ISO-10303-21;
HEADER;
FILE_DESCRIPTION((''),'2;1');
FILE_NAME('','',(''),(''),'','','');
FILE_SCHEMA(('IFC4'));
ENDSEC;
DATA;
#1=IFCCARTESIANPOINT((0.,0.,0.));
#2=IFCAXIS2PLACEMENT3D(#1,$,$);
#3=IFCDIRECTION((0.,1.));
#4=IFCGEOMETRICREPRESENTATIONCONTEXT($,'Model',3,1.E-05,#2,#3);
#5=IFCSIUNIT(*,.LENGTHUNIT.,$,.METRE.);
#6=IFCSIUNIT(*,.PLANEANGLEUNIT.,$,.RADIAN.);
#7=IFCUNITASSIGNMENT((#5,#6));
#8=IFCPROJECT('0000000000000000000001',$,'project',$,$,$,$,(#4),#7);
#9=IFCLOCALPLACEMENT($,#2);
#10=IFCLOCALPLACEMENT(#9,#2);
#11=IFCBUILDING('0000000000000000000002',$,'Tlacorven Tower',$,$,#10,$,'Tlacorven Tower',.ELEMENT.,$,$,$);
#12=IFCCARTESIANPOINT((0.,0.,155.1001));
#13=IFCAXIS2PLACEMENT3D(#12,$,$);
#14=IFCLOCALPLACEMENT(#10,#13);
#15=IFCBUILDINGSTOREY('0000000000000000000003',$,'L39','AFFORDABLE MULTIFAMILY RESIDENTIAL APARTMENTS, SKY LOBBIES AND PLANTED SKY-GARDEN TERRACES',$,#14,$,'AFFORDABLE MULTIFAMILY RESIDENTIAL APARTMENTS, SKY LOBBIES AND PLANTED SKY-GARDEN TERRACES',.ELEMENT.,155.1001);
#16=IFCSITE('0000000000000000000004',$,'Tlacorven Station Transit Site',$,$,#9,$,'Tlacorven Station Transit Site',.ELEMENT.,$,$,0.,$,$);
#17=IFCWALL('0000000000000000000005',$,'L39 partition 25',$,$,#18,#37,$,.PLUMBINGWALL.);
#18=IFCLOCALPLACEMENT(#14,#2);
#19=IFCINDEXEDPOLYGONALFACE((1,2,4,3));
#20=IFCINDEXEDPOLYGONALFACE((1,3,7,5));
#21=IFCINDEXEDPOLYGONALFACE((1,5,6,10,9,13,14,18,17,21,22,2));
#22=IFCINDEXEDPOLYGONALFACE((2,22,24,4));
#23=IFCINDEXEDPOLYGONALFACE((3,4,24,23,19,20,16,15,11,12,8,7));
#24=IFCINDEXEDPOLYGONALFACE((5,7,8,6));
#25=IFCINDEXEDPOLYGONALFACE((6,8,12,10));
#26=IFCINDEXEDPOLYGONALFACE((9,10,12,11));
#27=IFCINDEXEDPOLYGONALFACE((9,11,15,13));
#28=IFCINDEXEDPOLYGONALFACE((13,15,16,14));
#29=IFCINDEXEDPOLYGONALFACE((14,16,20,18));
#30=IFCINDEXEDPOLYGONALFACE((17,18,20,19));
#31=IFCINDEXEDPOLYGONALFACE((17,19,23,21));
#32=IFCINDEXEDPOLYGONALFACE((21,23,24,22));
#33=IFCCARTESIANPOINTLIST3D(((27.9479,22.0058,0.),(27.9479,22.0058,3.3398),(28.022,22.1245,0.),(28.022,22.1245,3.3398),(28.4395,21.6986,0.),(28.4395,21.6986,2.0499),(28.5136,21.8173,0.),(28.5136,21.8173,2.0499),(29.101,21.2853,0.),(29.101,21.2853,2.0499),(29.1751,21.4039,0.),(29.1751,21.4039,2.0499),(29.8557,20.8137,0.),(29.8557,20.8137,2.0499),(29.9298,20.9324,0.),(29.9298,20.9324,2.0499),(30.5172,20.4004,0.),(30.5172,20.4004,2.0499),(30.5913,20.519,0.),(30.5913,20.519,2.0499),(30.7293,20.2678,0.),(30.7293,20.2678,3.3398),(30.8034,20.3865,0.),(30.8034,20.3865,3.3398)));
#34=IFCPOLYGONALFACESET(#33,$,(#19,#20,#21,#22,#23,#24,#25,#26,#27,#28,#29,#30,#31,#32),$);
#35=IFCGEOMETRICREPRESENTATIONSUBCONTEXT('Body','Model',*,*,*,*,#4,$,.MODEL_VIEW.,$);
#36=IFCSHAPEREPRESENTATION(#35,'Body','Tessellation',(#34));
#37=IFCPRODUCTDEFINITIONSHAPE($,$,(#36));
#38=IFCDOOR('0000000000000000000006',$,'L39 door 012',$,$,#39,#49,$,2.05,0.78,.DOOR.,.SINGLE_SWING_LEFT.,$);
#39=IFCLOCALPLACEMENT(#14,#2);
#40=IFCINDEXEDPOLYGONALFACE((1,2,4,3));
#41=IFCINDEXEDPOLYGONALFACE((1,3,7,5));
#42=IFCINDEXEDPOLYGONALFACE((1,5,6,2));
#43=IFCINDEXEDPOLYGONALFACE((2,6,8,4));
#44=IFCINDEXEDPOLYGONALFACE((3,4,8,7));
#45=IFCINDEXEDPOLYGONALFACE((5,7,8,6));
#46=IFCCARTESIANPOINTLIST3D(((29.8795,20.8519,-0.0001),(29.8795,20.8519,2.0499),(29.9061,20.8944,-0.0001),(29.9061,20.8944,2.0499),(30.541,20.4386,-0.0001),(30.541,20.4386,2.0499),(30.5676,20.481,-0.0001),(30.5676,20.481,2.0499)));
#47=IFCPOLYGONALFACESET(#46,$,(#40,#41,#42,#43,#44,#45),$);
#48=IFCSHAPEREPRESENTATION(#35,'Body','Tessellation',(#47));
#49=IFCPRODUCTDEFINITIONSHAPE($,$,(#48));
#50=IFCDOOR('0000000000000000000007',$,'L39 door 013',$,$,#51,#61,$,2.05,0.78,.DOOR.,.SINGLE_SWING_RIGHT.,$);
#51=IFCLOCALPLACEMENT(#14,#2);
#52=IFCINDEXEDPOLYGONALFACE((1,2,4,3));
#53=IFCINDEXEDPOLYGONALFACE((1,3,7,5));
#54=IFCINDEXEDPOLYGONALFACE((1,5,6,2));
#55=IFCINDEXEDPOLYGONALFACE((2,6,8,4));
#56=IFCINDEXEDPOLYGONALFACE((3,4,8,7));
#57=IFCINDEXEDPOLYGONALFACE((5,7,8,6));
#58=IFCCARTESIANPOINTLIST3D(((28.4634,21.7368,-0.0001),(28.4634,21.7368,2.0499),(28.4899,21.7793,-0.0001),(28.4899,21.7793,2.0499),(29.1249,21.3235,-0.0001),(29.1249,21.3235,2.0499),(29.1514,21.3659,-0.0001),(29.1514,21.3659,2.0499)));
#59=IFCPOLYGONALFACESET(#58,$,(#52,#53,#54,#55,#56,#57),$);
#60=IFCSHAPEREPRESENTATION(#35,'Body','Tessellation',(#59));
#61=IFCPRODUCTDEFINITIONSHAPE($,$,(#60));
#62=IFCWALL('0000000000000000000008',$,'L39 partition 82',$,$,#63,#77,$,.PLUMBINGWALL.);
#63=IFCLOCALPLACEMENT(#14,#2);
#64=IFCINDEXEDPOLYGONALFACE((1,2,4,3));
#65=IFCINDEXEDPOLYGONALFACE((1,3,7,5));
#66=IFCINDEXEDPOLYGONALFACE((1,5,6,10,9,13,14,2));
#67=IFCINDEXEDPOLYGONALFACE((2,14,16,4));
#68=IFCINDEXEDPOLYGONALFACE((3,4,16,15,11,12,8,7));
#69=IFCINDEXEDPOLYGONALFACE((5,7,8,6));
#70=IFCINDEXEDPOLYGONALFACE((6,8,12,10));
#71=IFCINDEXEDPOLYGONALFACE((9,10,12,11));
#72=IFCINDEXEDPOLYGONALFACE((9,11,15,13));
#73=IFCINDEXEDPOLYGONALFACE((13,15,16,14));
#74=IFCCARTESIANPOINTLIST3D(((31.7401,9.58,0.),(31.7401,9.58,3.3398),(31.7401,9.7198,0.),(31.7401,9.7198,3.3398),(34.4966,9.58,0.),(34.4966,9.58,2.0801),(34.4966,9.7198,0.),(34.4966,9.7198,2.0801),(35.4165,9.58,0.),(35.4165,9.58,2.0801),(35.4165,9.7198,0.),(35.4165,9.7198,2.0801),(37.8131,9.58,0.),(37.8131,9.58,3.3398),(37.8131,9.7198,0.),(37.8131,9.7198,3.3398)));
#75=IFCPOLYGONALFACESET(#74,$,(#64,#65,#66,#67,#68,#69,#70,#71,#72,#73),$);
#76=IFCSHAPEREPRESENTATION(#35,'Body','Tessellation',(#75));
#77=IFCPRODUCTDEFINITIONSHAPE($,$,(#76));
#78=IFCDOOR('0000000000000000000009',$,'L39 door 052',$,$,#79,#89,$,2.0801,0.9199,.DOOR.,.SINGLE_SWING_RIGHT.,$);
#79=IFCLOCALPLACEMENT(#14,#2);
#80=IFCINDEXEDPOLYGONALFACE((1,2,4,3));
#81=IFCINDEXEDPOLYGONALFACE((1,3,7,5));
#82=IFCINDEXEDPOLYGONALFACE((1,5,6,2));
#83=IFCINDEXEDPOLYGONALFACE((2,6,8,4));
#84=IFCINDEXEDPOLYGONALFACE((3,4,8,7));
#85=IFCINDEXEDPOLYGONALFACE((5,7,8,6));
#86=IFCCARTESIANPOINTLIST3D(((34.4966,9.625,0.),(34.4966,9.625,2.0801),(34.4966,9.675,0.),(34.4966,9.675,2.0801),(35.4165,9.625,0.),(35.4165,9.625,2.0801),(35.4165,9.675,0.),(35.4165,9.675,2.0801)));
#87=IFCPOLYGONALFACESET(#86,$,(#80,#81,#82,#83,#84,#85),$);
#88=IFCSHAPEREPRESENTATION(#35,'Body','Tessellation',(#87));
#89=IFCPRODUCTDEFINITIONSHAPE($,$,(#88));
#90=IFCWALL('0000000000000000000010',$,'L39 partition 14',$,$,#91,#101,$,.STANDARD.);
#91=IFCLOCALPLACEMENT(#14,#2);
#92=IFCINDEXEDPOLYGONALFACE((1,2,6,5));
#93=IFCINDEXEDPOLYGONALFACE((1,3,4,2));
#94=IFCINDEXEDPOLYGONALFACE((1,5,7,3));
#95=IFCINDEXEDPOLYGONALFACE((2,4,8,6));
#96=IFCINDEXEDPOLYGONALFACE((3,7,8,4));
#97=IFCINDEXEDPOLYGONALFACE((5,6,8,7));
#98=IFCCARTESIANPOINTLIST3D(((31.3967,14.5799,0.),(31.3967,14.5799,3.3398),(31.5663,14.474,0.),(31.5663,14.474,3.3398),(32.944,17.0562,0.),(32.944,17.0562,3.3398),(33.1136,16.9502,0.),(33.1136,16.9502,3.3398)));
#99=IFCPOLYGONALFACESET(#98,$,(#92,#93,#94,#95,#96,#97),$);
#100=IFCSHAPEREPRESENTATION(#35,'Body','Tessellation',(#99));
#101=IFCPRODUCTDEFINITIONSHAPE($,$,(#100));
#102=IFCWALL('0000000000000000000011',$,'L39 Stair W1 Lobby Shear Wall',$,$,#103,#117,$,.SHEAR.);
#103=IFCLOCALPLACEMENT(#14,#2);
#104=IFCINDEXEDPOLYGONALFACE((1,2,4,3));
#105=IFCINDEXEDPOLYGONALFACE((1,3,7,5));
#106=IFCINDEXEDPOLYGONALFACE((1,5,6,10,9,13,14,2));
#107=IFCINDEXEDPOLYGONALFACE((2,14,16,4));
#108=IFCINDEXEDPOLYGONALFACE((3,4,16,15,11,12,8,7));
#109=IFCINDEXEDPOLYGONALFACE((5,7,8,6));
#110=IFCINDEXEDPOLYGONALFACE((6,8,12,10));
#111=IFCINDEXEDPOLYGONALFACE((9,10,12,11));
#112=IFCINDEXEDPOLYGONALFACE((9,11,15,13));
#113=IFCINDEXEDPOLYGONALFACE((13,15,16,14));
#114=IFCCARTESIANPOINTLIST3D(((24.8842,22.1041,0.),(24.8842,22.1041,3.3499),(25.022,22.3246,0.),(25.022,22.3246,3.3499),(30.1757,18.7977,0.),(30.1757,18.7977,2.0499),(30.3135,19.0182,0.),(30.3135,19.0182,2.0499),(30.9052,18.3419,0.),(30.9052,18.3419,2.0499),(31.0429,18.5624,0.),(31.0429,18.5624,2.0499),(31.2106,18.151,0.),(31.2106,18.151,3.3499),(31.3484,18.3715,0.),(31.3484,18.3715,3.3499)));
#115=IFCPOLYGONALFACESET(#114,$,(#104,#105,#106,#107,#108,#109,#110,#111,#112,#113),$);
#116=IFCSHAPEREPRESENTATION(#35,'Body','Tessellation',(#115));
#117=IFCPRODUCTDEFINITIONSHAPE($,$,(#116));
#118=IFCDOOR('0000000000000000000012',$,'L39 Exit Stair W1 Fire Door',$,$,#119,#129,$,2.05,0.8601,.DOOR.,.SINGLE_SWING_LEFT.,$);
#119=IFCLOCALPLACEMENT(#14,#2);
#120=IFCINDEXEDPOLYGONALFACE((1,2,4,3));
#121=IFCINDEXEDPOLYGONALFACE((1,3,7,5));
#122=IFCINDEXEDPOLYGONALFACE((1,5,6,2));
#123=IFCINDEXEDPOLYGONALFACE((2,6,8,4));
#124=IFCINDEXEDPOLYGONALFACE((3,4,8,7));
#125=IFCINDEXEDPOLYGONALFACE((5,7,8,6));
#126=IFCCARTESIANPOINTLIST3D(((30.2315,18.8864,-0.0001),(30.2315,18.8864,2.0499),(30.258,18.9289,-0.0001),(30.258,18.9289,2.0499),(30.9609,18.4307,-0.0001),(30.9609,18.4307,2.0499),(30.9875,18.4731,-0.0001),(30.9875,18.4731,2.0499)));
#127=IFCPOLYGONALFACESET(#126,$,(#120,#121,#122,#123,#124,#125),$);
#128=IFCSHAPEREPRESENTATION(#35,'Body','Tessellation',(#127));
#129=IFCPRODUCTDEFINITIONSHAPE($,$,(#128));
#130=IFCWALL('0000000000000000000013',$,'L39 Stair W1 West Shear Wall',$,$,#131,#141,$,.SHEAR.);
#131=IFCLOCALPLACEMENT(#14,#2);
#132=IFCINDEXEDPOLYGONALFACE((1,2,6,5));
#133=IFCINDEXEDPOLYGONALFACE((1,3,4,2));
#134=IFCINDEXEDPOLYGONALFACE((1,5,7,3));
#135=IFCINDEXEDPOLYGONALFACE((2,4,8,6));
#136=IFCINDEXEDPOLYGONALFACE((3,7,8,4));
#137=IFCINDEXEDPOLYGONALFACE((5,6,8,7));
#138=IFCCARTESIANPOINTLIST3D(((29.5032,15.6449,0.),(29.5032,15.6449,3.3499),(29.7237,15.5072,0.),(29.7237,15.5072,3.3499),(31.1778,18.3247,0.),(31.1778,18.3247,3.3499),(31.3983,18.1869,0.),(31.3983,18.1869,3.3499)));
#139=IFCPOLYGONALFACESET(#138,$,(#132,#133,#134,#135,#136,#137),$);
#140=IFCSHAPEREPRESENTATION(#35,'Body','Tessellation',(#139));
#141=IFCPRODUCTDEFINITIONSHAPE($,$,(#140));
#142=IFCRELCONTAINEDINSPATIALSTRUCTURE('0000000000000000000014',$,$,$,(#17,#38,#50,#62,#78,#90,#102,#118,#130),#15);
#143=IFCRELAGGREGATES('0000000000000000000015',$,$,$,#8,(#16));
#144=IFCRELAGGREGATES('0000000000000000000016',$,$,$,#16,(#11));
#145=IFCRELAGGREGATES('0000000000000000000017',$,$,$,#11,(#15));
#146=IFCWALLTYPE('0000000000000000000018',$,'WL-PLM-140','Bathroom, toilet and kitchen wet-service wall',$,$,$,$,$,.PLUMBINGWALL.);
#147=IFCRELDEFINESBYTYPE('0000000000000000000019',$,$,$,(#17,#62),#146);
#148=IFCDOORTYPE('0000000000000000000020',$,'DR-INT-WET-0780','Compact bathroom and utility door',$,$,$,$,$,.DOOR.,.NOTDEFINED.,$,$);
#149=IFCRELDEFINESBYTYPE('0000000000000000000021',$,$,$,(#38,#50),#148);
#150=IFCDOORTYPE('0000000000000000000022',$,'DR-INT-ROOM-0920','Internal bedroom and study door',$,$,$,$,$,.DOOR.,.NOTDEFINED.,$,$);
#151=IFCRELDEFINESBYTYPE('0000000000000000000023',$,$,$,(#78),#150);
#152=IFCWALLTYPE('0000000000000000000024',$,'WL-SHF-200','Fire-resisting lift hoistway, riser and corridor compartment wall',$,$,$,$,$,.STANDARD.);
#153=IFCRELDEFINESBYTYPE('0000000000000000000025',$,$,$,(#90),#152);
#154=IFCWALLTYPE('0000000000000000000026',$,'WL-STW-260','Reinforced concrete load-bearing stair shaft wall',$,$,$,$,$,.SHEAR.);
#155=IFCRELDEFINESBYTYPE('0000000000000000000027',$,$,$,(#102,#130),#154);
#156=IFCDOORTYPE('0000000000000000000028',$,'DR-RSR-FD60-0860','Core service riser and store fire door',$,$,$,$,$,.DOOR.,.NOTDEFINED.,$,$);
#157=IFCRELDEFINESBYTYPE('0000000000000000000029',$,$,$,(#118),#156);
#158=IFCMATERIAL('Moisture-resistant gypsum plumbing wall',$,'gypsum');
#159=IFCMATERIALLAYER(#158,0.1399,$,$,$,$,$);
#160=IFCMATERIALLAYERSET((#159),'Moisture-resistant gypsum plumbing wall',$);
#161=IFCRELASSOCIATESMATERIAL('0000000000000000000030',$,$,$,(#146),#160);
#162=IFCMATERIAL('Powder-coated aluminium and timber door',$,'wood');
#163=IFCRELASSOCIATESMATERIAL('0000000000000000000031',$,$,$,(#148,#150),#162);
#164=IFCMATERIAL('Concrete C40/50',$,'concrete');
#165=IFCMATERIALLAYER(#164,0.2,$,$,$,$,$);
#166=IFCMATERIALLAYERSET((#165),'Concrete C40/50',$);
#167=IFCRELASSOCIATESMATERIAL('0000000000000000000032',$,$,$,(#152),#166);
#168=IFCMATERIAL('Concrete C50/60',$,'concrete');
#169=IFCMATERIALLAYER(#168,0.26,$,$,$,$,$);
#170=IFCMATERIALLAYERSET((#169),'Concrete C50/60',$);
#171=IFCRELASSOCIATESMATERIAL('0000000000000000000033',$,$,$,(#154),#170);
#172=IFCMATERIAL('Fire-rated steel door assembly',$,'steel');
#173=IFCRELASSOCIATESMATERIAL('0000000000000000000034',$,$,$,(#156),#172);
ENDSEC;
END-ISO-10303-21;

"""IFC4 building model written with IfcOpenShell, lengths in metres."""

from ifc_helpers import new_model, si_unit, direction, frame, frame_2d, origin, place, context, subcontext, project, spatial, rectangle, extrude, source, transform, mapped, material, layer, layer_set, type_object, element, fill, save


model = new_model("IFC4")

# Units and contexts
model_context = context("Model", 3, precision=1e-05, world=origin(), true_north=direction((0.0, 1.0)))
body_context = subcontext(model_context, "Body", "Model", "MODEL_VIEW")
ifc_project = project(units=[si_unit("LENGTHUNIT", "METRE"), si_unit("PLANEANGLEUNIT", "RADIAN")], contexts=[model_context])

# Site, building, storey
site_placement = place(None, origin())
site = spatial("IfcSite", under=ifc_project, at=site_placement, Name="Tlacorven Station Transit Site", LongName="Tlacorven Station Transit Site", CompositionType="ELEMENT", RefElevation=0.0)
building_placement = place(site_placement, origin())
building = spatial("IfcBuilding", under=site, at=building_placement, Name="Tlacorven Tower", LongName="Tlacorven Tower", CompositionType="ELEMENT")
storey_placement = place(building_placement, frame((0.0, 0.0, 155.1001)))
storey = spatial("IfcBuildingStorey", under=building, at=storey_placement, Name="L39", Description="AFFORDABLE MULTIFAMILY RESIDENTIAL APARTMENTS, SKY LOBBIES AND PLANTED SKY-GARDEN TERRACES", LongName="AFFORDABLE MULTIFAMILY RESIDENTIAL APARTMENTS, SKY LOBBIES AND PLANTED SKY-GARDEN TERRACES", CompositionType="ELEMENT", Elevation=155.1001)

# Shared definitions
ifc_material_1 = material(Name="Fire-rated steel door assembly", Category="steel")

# Wall, openings, doors
ifc_material_2 = material(Name="Moisture-resistant gypsum plumbing wall", Category="gypsum")
ifc_layer_1 = layer(ifc_material_2, 0.1399)
ifc_layer_set_1 = layer_set([ifc_layer_1], Name="Moisture-resistant gypsum plumbing wall")
wall_type_1 = type_object("IfcWallType", Name="WL-PLM-140", Description="Bathroom, toilet and kitchen wet-service wall", PredefinedType="PLUMBINGWALL", material=ifc_layer_set_1)
wall_1_placement = place(storey_placement, frame((30.7664, 20.3271, 0.0), z_axis=(0.0, 0.0, 1.0), x_axis=(-0.848053, 0.529912, 0.0)))
wall_1 = element("IfcWall", 1, at=wall_1_placement, inside=storey, type_object=wall_type_1, Name="L39 partition 25", PredefinedType="PLUMBINGWALL", context=body_context, shape_type="SweptSolid", body=[
    extrude(rectangle(XDim=3.2798, YDim=0.1399, at=frame_2d((1.6399, 0.0))), origin(), (0.0, 0.0, 1.0), 3.3398),
])
opening_1_placement = place(wall_1_placement, frame((0.25, 0.0, 0.0)))
opening_1 = element("IfcOpeningElement", 2, at=opening_1_placement, cuts=wall_1, PredefinedType="OPENING", context=body_context, shape_type="SweptSolid", body=[
    extrude(rectangle(XDim=0.78, YDim=2.05, at=frame_2d((0.3901, 1.0249))), frame((0.0, 0.0801, 0.0), z_axis=(0.0, -1.0, 0.0), x_axis=(1.0, 0.0, 0.0)), (0.0, 0.0, 1.0), 0.1599),
])
opening_2_placement = place(wall_1_placement, frame((1.9199, 0.0, 0.0)))
opening_2 = element("IfcOpeningElement", 3, at=opening_2_placement, cuts=wall_1, PredefinedType="OPENING", context=body_context, shape_type="SweptSolid", body=[
    extrude(rectangle(XDim=0.78, YDim=2.05, at=frame_2d((0.3901, 1.0249))), frame((0.0, 0.0801, 0.0), z_axis=(0.0, -1.0, 0.0), x_axis=(1.0, 0.0, 0.0)), (0.0, 0.0, 1.0), 0.1599),
])
ifc_material_3 = material(Name="Powder-coated aluminium and timber door", Category="wood")
door_type_1 = type_object("IfcDoorType", Name="DR-INT-WET-0780", Description="Compact bathroom and utility door", OperationType="NOTDEFINED", PredefinedType="DOOR", material=ifc_material_3)
shared_shape_1 = source(origin(), body_context, "Body", "SweptSolid", [
    extrude(rectangle(XDim=0.78, YDim=2.05, at=frame_2d((0.3901, 1.0249))), frame((0.0, 0.0249, 0.0), z_axis=(0.0, -1.0, 0.0), x_axis=(1.0, 0.0, 0.0)), (0.0, 0.0, 1.0), 0.05),
])
door_1_placement = place(opening_1_placement, origin())
door_1 = element("IfcDoor", 4, at=door_1_placement, inside=storey, type_object=door_type_1, Name="L39 door 012", OperationType="SINGLE_SWING_LEFT", OverallHeight=2.05, OverallWidth=0.78, PredefinedType="DOOR", context=body_context, shape_type="MappedRepresentation", body=[
    mapped(shared_shape_1, transform((0.0, 0.0, 0.0), scale=1.0)),
])
fill(opening_1, door_1)
door_2_placement = place(opening_2_placement, origin())
door_2 = element("IfcDoor", 5, at=door_2_placement, inside=storey, type_object=door_type_1, Name="L39 door 013", OperationType="SINGLE_SWING_RIGHT", OverallHeight=2.05, OverallWidth=0.78, PredefinedType="DOOR", context=body_context, shape_type="MappedRepresentation", body=[
    mapped(shared_shape_1, transform((0.0, 0.0, 0.0), scale=1.0)),
])
fill(opening_2, door_2)

# Wall, opening, door
wall_2_placement = place(storey_placement, frame((31.74, 9.6499, 0.0), z_axis=(0.0, 0.0, 1.0), x_axis=(1.0, 0.0, 0.0)))
wall_2 = element("IfcWall", 6, at=wall_2_placement, inside=storey, type_object=wall_type_1, Name="L39 partition 82", PredefinedType="PLUMBINGWALL", context=body_context, shape_type="SweptSolid", body=[
    extrude(rectangle(XDim=6.073, YDim=0.1399, at=frame_2d((3.0366, 0.0))), origin(), (0.0, 0.0, 1.0), 3.3398),
])
opening_3_placement = place(wall_2_placement, frame((2.7566, 0.0, 0.0)))
opening_3 = element("IfcOpeningElement", 7, at=opening_3_placement, cuts=wall_2, PredefinedType="OPENING", context=body_context, shape_type="SweptSolid", body=[
    extrude(rectangle(XDim=0.9199, YDim=2.0801, at=frame_2d((0.46, 1.04))), frame((0.0, 0.0801, 0.0), z_axis=(0.0, -1.0, 0.0), x_axis=(1.0, 0.0, 0.0)), (0.0, 0.0, 1.0), 0.1599),
])
door_type_2 = type_object("IfcDoorType", Name="DR-INT-ROOM-0920", Description="Internal bedroom and study door", OperationType="NOTDEFINED", PredefinedType="DOOR", material=ifc_material_3)
shared_shape_2 = source(origin(), body_context, "Body", "SweptSolid", [
    extrude(rectangle(XDim=0.9199, YDim=2.0801, at=frame_2d((0.46, 1.04))), frame((0.0, 0.0249, 0.0), z_axis=(0.0, -1.0, 0.0), x_axis=(1.0, 0.0, 0.0)), (0.0, 0.0, 1.0), 0.05),
])
door_3_placement = place(opening_3_placement, frame((0.9199, 0.0, 0.0), z_axis=(0.0, 0.0, 1.0), x_axis=(-1.0, 0.0, 0.0)))
door_3 = element("IfcDoor", 8, at=door_3_placement, inside=storey, type_object=door_type_2, Name="L39 door 052", OperationType="SINGLE_SWING_RIGHT", OverallHeight=2.0801, OverallWidth=0.9199, PredefinedType="DOOR", context=body_context, shape_type="MappedRepresentation", body=[
    mapped(shared_shape_2, transform((0.0, 0.0, 0.0), scale=1.0)),
])
fill(opening_3, door_3)

# Wall
ifc_material_4 = material(Name="Concrete C40/50", Category="concrete")
ifc_layer_2 = layer(ifc_material_4, 0.2)
ifc_layer_set_2 = layer_set([ifc_layer_2], Name="Concrete C40/50")
wall_type_2 = type_object("IfcWallType", Name="WL-SHF-200", Description="Fire-resisting lift hoistway, riser and corridor compartment wall", PredefinedType="STANDARD", material=ifc_layer_set_2)
wall_3_placement = place(storey_placement, frame((33.0288, 17.0032, 0.0), z_axis=(0.0, 0.0, 1.0), x_axis=(-0.529916, -0.84805, 0.0)))
element("IfcWall", 9, at=wall_3_placement, inside=storey, type_object=wall_type_2, Name="L39 partition 14", PredefinedType="STANDARD", context=body_context, shape_type="SweptSolid", body=[
    extrude(rectangle(XDim=2.9199, YDim=0.2, at=frame_2d((1.46, 0.0))), origin(), (0.0, 0.0, 1.0), 3.3398),
])

# Wall, opening, door
ifc_material_5 = material(Name="Concrete C50/60", Category="concrete")
ifc_layer_3 = layer(ifc_material_5, 0.26)
ifc_layer_set_3 = layer_set([ifc_layer_3], Name="Concrete C50/60")
wall_type_3 = type_object("IfcWallType", Name="WL-STW-260", Description="Reinforced concrete load-bearing stair shaft wall", PredefinedType="SHEAR", material=ifc_layer_set_3)
wall_4_placement = place(storey_placement, frame((31.2795, 18.2612, 0.0), z_axis=(0.0, 0.0, 1.0), x_axis=(-0.848052, 0.529914, 0.0)))
wall_4 = element("IfcWall", 10, at=wall_4_placement, inside=storey, type_object=wall_type_3, Name="L39 Stair W1 Lobby Shear Wall", PredefinedType="SHEAR", context=body_context, shape_type="SweptSolid", body=[
    extrude(rectangle(XDim=7.46, YDim=0.26, at=frame_2d((3.73, 0.0))), origin(), (0.0, 0.0, 1.0), 3.3499),
])
opening_4_placement = place(wall_4_placement, frame((0.3601, 0.0, 0.0)))
opening_4 = element("IfcOpeningElement", 11, at=opening_4_placement, cuts=wall_4, PredefinedType="OPENING", context=body_context, shape_type="SweptSolid", body=[
    extrude(rectangle(XDim=0.8601, YDim=2.05, at=frame_2d((0.4302, 1.0249))), frame((0.0, 0.1401, 0.0), z_axis=(0.0, -1.0, 0.0), x_axis=(1.0, 0.0, 0.0)), (0.0, 0.0, 1.0), 0.28),
])
door_type_3 = type_object("IfcDoorType", Name="DR-RSR-FD60-0860", Description="Core service riser and store fire door", OperationType="NOTDEFINED", PredefinedType="DOOR", material=ifc_material_1)
shared_shape_3 = source(origin(), body_context, "Body", "SweptSolid", [
    extrude(rectangle(XDim=0.8601, YDim=2.05, at=frame_2d((0.4302, 1.0249))), frame((0.0, 0.0249, 0.0), z_axis=(0.0, -1.0, 0.0), x_axis=(1.0, 0.0, 0.0)), (0.0, 0.0, 1.0), 0.05),
])
door_4_placement = place(opening_4_placement, frame((0.8601, 0.0, 0.0), z_axis=(0.0, 0.0, 1.0), x_axis=(-1.0, 0.0, 0.0)))
door_4 = element("IfcDoor", 12, at=door_4_placement, inside=storey, type_object=door_type_3, Name="L39 Exit Stair W1 Fire Door", OperationType="SINGLE_SWING_LEFT", OverallHeight=2.05, OverallWidth=0.8601, PredefinedType="DOOR", context=body_context, shape_type="MappedRepresentation", body=[
    mapped(shared_shape_3, transform((0.0, 0.0, 0.0), scale=1.0)),
])
fill(opening_4, door_4)

# Wall
wall_5_placement = place(storey_placement, frame((31.2881, 18.2559, 0.0), z_axis=(0.0, 0.0, 1.0), x_axis=(-0.529943, -0.848033, 0.0)))
element("IfcWall", 13, at=wall_5_placement, inside=storey, type_object=wall_type_3, Name="L39 Stair W1 West Shear Wall", PredefinedType="SHEAR", context=body_context, shape_type="SweptSolid", body=[
    extrude(rectangle(XDim=3.1599, YDim=0.26, at=frame_2d((1.5801, 0.0))), origin(), (0.0, 0.0, 1.0), 3.3499),
])

save(model, "model.ifc")
